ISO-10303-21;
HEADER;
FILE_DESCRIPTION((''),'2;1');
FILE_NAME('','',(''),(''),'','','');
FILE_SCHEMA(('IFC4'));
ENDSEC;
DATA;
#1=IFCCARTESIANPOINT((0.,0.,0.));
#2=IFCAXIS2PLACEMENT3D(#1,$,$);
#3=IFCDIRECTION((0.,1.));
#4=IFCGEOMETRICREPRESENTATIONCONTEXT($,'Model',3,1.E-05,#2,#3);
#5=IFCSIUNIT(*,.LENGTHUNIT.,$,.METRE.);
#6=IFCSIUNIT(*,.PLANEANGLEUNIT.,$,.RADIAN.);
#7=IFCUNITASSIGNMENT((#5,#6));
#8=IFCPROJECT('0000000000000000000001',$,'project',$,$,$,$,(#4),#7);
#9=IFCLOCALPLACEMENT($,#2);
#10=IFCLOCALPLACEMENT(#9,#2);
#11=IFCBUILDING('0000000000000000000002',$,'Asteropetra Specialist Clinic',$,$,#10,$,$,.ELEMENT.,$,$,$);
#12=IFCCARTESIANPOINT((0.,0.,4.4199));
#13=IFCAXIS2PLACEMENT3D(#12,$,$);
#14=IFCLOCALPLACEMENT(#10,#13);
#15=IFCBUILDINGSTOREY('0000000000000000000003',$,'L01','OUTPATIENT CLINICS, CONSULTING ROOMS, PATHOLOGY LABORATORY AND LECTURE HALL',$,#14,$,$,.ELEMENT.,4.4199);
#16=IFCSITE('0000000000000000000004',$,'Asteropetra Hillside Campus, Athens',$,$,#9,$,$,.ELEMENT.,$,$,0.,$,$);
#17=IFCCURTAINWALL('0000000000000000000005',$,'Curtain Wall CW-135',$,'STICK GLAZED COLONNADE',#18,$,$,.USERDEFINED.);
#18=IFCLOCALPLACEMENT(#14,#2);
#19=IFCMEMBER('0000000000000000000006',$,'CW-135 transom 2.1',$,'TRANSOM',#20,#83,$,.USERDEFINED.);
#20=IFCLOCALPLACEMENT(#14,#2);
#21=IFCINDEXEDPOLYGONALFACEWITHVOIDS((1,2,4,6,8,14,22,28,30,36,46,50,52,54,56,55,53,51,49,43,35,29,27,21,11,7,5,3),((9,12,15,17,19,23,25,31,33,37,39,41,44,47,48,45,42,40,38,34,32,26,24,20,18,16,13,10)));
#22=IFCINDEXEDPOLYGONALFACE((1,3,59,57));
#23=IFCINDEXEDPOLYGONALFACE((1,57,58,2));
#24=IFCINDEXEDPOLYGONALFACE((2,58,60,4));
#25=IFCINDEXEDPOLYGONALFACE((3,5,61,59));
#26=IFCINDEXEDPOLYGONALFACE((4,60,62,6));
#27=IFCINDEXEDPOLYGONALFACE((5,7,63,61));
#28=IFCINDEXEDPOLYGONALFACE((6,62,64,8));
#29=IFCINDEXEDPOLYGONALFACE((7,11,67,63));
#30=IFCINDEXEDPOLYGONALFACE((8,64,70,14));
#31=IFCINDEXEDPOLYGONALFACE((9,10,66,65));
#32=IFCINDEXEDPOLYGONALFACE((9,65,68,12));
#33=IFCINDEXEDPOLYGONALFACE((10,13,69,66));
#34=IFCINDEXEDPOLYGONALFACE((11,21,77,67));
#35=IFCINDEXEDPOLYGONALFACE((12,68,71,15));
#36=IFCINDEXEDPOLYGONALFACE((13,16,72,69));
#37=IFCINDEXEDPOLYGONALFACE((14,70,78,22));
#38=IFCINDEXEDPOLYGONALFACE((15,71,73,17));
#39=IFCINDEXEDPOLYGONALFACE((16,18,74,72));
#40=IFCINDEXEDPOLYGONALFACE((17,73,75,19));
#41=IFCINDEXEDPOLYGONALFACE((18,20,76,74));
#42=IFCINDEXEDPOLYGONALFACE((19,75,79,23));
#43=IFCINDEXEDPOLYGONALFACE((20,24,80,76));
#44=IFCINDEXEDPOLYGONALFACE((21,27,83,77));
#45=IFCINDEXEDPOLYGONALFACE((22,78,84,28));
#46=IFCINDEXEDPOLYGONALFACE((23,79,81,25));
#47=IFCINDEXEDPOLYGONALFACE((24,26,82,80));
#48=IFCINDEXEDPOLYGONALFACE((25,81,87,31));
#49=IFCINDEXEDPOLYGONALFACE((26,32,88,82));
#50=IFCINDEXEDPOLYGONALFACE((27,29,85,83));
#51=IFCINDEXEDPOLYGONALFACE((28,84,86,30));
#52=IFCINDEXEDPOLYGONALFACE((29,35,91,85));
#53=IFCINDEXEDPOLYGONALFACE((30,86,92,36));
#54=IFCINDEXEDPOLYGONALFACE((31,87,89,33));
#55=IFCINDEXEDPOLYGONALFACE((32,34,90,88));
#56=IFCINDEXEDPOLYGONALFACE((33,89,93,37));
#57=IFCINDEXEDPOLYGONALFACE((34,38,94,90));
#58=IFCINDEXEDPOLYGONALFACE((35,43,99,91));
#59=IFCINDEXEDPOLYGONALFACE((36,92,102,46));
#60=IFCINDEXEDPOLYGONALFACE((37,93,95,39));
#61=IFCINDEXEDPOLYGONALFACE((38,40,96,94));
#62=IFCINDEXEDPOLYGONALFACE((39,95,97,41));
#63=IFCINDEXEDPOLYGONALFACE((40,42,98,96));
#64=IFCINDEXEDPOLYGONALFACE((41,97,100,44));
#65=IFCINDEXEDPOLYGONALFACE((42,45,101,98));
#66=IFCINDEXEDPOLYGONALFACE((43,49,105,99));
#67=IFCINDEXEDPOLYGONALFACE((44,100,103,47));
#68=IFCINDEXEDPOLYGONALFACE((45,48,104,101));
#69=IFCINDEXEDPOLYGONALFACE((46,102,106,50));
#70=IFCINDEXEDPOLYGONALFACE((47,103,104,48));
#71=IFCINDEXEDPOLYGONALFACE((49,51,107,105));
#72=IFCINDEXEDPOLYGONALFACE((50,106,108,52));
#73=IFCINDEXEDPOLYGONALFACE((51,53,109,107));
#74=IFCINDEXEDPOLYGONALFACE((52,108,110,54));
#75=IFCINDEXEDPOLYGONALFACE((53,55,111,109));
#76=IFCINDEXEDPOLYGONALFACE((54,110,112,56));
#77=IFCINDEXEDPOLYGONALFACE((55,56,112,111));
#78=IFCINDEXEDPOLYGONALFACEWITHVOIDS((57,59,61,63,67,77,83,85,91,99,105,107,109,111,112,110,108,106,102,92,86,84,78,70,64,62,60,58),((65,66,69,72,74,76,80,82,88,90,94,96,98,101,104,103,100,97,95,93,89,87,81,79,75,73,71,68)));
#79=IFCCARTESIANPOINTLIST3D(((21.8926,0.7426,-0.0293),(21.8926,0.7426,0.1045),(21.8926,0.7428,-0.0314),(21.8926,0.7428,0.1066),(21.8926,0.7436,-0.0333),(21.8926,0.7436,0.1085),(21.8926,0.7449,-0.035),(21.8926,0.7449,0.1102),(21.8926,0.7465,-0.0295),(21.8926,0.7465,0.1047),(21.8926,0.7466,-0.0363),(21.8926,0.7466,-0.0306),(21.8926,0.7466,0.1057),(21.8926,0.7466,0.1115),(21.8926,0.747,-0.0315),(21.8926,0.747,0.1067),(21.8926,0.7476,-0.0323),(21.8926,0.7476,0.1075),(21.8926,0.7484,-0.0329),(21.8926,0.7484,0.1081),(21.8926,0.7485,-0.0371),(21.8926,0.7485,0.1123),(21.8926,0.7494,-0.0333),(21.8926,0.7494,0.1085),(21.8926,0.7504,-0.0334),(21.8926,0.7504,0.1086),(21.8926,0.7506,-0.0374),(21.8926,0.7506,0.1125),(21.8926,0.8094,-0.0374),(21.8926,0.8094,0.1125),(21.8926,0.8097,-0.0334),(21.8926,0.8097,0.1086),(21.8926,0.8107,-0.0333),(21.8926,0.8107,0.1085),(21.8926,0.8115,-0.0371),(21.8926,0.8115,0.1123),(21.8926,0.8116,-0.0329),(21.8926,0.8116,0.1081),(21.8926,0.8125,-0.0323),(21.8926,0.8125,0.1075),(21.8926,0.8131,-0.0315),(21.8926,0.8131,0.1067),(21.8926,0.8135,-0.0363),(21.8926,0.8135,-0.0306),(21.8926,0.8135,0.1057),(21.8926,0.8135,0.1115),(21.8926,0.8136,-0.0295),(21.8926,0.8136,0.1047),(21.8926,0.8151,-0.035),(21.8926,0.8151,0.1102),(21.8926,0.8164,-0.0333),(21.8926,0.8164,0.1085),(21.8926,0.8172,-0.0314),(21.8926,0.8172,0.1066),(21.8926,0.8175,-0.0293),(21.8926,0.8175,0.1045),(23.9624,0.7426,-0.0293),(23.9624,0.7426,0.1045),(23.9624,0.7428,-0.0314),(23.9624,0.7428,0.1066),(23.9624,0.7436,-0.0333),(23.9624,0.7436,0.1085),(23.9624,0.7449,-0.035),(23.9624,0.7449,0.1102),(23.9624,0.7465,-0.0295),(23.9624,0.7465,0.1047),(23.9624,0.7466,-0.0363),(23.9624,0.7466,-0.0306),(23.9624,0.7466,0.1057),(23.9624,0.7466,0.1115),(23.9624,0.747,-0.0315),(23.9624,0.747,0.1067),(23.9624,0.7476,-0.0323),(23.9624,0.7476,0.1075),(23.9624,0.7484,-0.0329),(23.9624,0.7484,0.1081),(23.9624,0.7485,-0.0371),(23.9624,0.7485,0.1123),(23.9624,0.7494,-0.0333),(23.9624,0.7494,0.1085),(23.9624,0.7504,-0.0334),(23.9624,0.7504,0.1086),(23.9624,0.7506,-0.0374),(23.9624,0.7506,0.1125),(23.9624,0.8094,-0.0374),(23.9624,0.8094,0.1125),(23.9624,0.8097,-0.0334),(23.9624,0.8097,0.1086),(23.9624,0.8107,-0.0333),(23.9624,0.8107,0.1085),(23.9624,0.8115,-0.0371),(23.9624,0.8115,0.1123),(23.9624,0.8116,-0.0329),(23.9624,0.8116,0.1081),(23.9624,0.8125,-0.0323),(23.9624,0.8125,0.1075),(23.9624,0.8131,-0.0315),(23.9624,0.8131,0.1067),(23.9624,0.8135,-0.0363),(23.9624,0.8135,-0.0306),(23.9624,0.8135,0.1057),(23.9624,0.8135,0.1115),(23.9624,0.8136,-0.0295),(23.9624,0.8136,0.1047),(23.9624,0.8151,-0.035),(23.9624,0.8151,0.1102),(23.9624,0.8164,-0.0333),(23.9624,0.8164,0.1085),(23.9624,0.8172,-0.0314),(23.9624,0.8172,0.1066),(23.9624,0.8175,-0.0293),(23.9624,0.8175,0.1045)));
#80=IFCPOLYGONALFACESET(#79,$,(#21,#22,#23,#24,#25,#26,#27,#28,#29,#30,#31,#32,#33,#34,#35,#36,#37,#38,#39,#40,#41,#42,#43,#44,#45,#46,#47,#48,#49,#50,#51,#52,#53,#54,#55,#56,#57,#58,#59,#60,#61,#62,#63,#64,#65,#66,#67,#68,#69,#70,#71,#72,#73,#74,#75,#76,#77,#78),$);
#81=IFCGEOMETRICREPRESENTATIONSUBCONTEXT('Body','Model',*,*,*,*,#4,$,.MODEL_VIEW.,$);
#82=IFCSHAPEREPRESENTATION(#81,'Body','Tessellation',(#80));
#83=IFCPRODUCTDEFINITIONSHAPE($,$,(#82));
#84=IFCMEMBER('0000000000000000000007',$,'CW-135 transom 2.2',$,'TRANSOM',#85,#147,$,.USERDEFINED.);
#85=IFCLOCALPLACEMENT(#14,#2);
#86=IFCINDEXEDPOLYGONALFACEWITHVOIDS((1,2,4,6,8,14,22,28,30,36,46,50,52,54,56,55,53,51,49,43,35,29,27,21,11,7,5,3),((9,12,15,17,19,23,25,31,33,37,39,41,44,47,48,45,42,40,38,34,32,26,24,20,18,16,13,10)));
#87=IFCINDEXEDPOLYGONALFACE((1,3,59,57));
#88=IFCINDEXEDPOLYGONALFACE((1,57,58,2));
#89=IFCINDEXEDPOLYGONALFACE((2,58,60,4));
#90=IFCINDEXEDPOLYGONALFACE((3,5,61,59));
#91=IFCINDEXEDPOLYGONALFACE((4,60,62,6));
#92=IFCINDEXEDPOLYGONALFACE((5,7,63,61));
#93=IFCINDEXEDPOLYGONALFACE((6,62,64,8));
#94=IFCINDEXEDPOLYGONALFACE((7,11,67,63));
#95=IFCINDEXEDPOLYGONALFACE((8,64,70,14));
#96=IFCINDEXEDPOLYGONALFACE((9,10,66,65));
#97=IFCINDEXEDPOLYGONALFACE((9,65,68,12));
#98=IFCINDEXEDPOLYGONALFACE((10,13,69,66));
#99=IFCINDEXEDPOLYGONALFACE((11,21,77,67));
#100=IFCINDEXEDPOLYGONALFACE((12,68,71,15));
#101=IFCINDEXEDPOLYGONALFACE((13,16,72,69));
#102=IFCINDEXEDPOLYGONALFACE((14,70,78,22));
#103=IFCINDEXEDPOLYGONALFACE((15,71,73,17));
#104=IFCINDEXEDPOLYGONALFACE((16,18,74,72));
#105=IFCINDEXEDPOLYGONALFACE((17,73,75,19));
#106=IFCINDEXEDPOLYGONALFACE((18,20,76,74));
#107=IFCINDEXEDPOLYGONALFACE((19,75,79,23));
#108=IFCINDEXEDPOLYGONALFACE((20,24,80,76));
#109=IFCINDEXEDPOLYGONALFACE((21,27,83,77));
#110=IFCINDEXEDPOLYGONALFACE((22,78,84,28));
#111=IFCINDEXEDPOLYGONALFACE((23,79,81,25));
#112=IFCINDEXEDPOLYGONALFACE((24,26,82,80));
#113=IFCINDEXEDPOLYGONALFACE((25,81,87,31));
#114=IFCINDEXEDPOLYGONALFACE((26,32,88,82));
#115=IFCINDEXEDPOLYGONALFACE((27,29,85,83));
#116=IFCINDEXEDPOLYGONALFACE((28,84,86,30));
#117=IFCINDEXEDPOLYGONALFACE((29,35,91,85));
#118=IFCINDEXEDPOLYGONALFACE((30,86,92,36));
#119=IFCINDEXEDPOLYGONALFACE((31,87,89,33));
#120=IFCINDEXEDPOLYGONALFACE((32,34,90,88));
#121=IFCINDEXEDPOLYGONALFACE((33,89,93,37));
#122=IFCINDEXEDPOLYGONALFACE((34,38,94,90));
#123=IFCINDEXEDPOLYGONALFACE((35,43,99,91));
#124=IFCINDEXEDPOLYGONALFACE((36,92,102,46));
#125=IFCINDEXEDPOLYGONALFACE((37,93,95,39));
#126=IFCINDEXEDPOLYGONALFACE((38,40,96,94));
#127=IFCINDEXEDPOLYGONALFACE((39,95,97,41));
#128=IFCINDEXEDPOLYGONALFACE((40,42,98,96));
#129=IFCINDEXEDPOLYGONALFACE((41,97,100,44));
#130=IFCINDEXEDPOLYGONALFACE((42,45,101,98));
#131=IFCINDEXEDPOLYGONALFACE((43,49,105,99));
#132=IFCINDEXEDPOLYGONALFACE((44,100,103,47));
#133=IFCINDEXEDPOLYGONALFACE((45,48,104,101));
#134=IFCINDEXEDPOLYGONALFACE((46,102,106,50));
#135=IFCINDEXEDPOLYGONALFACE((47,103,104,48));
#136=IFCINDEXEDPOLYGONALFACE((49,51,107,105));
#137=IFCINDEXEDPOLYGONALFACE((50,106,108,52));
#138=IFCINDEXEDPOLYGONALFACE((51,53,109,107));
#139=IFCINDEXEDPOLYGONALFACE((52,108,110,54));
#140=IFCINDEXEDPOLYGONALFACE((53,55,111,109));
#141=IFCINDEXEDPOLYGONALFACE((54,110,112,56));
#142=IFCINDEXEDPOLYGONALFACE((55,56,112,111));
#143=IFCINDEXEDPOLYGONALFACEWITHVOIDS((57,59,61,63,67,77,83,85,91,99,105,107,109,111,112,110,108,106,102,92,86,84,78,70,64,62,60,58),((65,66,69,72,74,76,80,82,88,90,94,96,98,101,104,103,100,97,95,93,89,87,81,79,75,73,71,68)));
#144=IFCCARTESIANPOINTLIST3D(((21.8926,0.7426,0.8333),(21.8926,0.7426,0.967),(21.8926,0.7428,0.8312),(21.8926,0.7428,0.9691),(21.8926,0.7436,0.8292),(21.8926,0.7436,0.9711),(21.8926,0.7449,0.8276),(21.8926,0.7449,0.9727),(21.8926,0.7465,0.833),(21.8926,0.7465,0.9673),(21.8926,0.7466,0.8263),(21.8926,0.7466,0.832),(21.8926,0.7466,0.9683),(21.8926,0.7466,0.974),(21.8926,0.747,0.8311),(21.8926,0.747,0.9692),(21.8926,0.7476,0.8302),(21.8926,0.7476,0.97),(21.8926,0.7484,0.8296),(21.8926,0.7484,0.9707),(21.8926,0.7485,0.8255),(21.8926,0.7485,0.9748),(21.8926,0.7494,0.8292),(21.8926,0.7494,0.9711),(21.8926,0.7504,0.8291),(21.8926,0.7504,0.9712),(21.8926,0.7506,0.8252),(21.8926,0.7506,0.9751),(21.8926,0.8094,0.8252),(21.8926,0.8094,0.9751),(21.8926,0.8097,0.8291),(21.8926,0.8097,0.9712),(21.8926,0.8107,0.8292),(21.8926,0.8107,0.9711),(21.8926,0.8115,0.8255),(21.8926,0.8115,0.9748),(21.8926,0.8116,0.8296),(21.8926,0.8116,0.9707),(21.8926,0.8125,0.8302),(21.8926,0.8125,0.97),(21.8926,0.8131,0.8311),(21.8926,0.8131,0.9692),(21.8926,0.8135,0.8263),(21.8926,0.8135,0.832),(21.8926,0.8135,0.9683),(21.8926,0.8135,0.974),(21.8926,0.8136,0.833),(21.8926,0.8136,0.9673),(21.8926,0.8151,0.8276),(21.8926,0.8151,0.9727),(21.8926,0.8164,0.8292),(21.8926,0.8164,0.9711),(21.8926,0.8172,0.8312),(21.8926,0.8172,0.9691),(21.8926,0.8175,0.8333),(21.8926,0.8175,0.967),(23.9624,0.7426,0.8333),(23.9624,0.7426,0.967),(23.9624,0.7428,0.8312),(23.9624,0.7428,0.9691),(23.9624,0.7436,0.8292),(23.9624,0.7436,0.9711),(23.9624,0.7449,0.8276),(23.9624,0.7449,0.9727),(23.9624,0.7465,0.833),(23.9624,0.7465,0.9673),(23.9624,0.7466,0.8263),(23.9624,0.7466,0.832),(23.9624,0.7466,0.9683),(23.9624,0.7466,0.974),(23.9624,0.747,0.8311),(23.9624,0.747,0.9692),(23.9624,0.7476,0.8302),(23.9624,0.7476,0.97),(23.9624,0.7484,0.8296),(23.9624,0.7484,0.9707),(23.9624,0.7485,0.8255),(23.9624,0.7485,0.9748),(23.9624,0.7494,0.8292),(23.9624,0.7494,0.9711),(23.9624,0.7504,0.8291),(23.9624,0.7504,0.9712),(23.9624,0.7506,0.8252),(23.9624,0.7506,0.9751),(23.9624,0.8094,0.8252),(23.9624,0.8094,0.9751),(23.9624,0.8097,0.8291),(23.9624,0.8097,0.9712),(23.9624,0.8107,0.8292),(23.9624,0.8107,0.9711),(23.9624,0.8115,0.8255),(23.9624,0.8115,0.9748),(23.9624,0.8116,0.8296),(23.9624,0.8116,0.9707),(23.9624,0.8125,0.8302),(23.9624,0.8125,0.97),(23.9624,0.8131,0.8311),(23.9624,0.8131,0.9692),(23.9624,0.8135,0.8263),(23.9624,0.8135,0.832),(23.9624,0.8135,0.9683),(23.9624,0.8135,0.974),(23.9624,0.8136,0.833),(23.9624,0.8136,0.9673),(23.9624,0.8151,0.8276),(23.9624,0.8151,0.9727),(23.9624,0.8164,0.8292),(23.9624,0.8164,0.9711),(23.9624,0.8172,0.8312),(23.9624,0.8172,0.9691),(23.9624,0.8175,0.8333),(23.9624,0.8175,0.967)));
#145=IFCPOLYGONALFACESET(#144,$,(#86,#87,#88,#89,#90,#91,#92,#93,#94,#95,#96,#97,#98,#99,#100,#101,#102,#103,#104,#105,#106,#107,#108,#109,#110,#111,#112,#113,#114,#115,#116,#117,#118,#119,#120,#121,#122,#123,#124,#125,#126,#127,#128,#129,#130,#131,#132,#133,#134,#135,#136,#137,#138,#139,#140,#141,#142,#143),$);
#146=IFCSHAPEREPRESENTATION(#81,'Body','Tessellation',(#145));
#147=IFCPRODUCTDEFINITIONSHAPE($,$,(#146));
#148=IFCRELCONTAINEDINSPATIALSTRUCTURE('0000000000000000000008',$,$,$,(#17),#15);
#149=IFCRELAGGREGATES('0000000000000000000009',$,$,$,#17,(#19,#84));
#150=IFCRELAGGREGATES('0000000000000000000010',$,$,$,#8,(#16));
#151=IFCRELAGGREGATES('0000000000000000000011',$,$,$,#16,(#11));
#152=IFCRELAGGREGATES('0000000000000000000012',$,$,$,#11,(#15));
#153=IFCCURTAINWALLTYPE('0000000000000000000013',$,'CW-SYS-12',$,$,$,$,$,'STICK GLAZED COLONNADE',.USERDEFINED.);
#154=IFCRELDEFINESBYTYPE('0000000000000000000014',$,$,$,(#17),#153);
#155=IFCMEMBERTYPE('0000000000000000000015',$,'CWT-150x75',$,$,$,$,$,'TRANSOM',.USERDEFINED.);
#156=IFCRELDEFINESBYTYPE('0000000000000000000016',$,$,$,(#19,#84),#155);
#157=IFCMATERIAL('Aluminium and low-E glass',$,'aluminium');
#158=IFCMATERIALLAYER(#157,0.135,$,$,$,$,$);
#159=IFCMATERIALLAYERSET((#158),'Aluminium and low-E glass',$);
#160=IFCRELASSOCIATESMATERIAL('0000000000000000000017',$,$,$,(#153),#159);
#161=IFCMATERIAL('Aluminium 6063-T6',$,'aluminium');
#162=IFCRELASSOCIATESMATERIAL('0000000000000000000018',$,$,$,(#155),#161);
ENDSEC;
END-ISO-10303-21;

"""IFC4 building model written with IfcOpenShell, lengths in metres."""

from ifc_helpers import new_model, si_unit, direction, frame, origin, origin_2d, place, context, subcontext, project, spatial, hollow_rectangle, extrude, material, layer, layer_set, material_profile, profile_set, type_object, element, aggregate, save


model = new_model("IFC4")

# Units and contexts
model_context = context("Model", 3, precision=1e-05, world=origin(), true_north=direction((0.0, 1.0)))
body_context = subcontext(model_context, "Body", "Model", "MODEL_VIEW")
ifc_project = project(units=[si_unit("LENGTHUNIT", "METRE"), si_unit("PLANEANGLEUNIT", "RADIAN")], contexts=[model_context])

# Site, building, storey
site_placement = place(None, origin())
site = spatial("IfcSite", under=ifc_project, at=site_placement, Name="Asteropetra Hillside Campus, Athens", CompositionType="ELEMENT", RefElevation=0.0)
building_placement = place(site_placement, origin())
building = spatial("IfcBuilding", under=site, at=building_placement, Name="Asteropetra Specialist Clinic", CompositionType="ELEMENT")
storey_placement = place(building_placement, frame((0.0, 0.0, 4.4199)))
storey = spatial("IfcBuildingStorey", under=building, at=storey_placement, Name="L01", Description="OUTPATIENT CLINICS, CONSULTING ROOMS, PATHOLOGY LABORATORY AND LECTURE HALL", CompositionType="ELEMENT", Elevation=4.4199)

# Curtain wall, members
ifc_material_1 = material(Name="Aluminium and low-E glass", Category="aluminium")
ifc_layer_1 = layer(ifc_material_1, 0.135)
ifc_layer_set_1 = layer_set([ifc_layer_1], Name="Aluminium and low-E glass")
curtain_wall_type_1 = type_object("IfcCurtainWallType", Name="CW-SYS-12", ElementType="STICK GLAZED COLONNADE", PredefinedType="USERDEFINED", material=ifc_layer_set_1)
curtain_wall_1_placement = place(storey_placement, origin())
curtain_wall_1 = element("IfcCurtainWall", 1, at=curtain_wall_1_placement, inside=storey, type_object=curtain_wall_type_1, Name="Curtain Wall CW-135", ObjectType="STICK GLAZED COLONNADE", PredefinedType="USERDEFINED")
ifc_material_2 = material(Name="Aluminium 6063-T6", Category="aluminium")
ifc_material_profile_1 = material_profile(ifc_material_2, hollow_rectangle(XDim=0.075, YDim=0.1499, WallThickness=0.0039, InnerFilletRadius=0.0039, OuterFilletRadius=0.0081, at=origin_2d()), Name="TRN 150x75x4.0")
ifc_profile_set_1 = profile_set([ifc_material_profile_1], Name="Aluminium 6063-T6")
member_type_1 = type_object("IfcMemberType", Name="CWT-150x75", ElementType="TRANSOM", PredefinedType="USERDEFINED", material=ifc_profile_set_1)
member_1_placement = place(storey_placement, frame((21.8926, 0.78, 0.0376), z_axis=(1.0, 0.0, 0.0), x_axis=(0.0, 1.0, 0.0)))
member_1 = element("IfcMember", 2, at=member_1_placement, type_object=member_type_1, Name="CW-135 transom 2.1", ObjectType="TRANSOM", PredefinedType="USERDEFINED", context=body_context, shape_type="SweptSolid", body=[
    extrude(hollow_rectangle(XDim=0.075, YDim=0.1499, WallThickness=0.0039, InnerFilletRadius=0.0039, OuterFilletRadius=0.0081, at=origin_2d()), origin(), (0.0, 0.0, 1.0), 2.0698),
])
member_2_placement = place(storey_placement, frame((21.8926, 0.78, 0.9001), z_axis=(1.0, 0.0, 0.0), x_axis=(0.0, 1.0, 0.0)))
member_2 = element("IfcMember", 3, at=member_2_placement, type_object=member_type_1, Name="CW-135 transom 2.2", ObjectType="TRANSOM", PredefinedType="USERDEFINED", context=body_context, shape_type="SweptSolid", body=[
    extrude(hollow_rectangle(XDim=0.075, YDim=0.1499, WallThickness=0.0039, InnerFilletRadius=0.0039, OuterFilletRadius=0.0081, at=origin_2d()), origin(), (0.0, 0.0, 1.0), 2.0698),
])

aggregate(curtain_wall_1, [member_1, member_2])

save(model, "model.ifc")
